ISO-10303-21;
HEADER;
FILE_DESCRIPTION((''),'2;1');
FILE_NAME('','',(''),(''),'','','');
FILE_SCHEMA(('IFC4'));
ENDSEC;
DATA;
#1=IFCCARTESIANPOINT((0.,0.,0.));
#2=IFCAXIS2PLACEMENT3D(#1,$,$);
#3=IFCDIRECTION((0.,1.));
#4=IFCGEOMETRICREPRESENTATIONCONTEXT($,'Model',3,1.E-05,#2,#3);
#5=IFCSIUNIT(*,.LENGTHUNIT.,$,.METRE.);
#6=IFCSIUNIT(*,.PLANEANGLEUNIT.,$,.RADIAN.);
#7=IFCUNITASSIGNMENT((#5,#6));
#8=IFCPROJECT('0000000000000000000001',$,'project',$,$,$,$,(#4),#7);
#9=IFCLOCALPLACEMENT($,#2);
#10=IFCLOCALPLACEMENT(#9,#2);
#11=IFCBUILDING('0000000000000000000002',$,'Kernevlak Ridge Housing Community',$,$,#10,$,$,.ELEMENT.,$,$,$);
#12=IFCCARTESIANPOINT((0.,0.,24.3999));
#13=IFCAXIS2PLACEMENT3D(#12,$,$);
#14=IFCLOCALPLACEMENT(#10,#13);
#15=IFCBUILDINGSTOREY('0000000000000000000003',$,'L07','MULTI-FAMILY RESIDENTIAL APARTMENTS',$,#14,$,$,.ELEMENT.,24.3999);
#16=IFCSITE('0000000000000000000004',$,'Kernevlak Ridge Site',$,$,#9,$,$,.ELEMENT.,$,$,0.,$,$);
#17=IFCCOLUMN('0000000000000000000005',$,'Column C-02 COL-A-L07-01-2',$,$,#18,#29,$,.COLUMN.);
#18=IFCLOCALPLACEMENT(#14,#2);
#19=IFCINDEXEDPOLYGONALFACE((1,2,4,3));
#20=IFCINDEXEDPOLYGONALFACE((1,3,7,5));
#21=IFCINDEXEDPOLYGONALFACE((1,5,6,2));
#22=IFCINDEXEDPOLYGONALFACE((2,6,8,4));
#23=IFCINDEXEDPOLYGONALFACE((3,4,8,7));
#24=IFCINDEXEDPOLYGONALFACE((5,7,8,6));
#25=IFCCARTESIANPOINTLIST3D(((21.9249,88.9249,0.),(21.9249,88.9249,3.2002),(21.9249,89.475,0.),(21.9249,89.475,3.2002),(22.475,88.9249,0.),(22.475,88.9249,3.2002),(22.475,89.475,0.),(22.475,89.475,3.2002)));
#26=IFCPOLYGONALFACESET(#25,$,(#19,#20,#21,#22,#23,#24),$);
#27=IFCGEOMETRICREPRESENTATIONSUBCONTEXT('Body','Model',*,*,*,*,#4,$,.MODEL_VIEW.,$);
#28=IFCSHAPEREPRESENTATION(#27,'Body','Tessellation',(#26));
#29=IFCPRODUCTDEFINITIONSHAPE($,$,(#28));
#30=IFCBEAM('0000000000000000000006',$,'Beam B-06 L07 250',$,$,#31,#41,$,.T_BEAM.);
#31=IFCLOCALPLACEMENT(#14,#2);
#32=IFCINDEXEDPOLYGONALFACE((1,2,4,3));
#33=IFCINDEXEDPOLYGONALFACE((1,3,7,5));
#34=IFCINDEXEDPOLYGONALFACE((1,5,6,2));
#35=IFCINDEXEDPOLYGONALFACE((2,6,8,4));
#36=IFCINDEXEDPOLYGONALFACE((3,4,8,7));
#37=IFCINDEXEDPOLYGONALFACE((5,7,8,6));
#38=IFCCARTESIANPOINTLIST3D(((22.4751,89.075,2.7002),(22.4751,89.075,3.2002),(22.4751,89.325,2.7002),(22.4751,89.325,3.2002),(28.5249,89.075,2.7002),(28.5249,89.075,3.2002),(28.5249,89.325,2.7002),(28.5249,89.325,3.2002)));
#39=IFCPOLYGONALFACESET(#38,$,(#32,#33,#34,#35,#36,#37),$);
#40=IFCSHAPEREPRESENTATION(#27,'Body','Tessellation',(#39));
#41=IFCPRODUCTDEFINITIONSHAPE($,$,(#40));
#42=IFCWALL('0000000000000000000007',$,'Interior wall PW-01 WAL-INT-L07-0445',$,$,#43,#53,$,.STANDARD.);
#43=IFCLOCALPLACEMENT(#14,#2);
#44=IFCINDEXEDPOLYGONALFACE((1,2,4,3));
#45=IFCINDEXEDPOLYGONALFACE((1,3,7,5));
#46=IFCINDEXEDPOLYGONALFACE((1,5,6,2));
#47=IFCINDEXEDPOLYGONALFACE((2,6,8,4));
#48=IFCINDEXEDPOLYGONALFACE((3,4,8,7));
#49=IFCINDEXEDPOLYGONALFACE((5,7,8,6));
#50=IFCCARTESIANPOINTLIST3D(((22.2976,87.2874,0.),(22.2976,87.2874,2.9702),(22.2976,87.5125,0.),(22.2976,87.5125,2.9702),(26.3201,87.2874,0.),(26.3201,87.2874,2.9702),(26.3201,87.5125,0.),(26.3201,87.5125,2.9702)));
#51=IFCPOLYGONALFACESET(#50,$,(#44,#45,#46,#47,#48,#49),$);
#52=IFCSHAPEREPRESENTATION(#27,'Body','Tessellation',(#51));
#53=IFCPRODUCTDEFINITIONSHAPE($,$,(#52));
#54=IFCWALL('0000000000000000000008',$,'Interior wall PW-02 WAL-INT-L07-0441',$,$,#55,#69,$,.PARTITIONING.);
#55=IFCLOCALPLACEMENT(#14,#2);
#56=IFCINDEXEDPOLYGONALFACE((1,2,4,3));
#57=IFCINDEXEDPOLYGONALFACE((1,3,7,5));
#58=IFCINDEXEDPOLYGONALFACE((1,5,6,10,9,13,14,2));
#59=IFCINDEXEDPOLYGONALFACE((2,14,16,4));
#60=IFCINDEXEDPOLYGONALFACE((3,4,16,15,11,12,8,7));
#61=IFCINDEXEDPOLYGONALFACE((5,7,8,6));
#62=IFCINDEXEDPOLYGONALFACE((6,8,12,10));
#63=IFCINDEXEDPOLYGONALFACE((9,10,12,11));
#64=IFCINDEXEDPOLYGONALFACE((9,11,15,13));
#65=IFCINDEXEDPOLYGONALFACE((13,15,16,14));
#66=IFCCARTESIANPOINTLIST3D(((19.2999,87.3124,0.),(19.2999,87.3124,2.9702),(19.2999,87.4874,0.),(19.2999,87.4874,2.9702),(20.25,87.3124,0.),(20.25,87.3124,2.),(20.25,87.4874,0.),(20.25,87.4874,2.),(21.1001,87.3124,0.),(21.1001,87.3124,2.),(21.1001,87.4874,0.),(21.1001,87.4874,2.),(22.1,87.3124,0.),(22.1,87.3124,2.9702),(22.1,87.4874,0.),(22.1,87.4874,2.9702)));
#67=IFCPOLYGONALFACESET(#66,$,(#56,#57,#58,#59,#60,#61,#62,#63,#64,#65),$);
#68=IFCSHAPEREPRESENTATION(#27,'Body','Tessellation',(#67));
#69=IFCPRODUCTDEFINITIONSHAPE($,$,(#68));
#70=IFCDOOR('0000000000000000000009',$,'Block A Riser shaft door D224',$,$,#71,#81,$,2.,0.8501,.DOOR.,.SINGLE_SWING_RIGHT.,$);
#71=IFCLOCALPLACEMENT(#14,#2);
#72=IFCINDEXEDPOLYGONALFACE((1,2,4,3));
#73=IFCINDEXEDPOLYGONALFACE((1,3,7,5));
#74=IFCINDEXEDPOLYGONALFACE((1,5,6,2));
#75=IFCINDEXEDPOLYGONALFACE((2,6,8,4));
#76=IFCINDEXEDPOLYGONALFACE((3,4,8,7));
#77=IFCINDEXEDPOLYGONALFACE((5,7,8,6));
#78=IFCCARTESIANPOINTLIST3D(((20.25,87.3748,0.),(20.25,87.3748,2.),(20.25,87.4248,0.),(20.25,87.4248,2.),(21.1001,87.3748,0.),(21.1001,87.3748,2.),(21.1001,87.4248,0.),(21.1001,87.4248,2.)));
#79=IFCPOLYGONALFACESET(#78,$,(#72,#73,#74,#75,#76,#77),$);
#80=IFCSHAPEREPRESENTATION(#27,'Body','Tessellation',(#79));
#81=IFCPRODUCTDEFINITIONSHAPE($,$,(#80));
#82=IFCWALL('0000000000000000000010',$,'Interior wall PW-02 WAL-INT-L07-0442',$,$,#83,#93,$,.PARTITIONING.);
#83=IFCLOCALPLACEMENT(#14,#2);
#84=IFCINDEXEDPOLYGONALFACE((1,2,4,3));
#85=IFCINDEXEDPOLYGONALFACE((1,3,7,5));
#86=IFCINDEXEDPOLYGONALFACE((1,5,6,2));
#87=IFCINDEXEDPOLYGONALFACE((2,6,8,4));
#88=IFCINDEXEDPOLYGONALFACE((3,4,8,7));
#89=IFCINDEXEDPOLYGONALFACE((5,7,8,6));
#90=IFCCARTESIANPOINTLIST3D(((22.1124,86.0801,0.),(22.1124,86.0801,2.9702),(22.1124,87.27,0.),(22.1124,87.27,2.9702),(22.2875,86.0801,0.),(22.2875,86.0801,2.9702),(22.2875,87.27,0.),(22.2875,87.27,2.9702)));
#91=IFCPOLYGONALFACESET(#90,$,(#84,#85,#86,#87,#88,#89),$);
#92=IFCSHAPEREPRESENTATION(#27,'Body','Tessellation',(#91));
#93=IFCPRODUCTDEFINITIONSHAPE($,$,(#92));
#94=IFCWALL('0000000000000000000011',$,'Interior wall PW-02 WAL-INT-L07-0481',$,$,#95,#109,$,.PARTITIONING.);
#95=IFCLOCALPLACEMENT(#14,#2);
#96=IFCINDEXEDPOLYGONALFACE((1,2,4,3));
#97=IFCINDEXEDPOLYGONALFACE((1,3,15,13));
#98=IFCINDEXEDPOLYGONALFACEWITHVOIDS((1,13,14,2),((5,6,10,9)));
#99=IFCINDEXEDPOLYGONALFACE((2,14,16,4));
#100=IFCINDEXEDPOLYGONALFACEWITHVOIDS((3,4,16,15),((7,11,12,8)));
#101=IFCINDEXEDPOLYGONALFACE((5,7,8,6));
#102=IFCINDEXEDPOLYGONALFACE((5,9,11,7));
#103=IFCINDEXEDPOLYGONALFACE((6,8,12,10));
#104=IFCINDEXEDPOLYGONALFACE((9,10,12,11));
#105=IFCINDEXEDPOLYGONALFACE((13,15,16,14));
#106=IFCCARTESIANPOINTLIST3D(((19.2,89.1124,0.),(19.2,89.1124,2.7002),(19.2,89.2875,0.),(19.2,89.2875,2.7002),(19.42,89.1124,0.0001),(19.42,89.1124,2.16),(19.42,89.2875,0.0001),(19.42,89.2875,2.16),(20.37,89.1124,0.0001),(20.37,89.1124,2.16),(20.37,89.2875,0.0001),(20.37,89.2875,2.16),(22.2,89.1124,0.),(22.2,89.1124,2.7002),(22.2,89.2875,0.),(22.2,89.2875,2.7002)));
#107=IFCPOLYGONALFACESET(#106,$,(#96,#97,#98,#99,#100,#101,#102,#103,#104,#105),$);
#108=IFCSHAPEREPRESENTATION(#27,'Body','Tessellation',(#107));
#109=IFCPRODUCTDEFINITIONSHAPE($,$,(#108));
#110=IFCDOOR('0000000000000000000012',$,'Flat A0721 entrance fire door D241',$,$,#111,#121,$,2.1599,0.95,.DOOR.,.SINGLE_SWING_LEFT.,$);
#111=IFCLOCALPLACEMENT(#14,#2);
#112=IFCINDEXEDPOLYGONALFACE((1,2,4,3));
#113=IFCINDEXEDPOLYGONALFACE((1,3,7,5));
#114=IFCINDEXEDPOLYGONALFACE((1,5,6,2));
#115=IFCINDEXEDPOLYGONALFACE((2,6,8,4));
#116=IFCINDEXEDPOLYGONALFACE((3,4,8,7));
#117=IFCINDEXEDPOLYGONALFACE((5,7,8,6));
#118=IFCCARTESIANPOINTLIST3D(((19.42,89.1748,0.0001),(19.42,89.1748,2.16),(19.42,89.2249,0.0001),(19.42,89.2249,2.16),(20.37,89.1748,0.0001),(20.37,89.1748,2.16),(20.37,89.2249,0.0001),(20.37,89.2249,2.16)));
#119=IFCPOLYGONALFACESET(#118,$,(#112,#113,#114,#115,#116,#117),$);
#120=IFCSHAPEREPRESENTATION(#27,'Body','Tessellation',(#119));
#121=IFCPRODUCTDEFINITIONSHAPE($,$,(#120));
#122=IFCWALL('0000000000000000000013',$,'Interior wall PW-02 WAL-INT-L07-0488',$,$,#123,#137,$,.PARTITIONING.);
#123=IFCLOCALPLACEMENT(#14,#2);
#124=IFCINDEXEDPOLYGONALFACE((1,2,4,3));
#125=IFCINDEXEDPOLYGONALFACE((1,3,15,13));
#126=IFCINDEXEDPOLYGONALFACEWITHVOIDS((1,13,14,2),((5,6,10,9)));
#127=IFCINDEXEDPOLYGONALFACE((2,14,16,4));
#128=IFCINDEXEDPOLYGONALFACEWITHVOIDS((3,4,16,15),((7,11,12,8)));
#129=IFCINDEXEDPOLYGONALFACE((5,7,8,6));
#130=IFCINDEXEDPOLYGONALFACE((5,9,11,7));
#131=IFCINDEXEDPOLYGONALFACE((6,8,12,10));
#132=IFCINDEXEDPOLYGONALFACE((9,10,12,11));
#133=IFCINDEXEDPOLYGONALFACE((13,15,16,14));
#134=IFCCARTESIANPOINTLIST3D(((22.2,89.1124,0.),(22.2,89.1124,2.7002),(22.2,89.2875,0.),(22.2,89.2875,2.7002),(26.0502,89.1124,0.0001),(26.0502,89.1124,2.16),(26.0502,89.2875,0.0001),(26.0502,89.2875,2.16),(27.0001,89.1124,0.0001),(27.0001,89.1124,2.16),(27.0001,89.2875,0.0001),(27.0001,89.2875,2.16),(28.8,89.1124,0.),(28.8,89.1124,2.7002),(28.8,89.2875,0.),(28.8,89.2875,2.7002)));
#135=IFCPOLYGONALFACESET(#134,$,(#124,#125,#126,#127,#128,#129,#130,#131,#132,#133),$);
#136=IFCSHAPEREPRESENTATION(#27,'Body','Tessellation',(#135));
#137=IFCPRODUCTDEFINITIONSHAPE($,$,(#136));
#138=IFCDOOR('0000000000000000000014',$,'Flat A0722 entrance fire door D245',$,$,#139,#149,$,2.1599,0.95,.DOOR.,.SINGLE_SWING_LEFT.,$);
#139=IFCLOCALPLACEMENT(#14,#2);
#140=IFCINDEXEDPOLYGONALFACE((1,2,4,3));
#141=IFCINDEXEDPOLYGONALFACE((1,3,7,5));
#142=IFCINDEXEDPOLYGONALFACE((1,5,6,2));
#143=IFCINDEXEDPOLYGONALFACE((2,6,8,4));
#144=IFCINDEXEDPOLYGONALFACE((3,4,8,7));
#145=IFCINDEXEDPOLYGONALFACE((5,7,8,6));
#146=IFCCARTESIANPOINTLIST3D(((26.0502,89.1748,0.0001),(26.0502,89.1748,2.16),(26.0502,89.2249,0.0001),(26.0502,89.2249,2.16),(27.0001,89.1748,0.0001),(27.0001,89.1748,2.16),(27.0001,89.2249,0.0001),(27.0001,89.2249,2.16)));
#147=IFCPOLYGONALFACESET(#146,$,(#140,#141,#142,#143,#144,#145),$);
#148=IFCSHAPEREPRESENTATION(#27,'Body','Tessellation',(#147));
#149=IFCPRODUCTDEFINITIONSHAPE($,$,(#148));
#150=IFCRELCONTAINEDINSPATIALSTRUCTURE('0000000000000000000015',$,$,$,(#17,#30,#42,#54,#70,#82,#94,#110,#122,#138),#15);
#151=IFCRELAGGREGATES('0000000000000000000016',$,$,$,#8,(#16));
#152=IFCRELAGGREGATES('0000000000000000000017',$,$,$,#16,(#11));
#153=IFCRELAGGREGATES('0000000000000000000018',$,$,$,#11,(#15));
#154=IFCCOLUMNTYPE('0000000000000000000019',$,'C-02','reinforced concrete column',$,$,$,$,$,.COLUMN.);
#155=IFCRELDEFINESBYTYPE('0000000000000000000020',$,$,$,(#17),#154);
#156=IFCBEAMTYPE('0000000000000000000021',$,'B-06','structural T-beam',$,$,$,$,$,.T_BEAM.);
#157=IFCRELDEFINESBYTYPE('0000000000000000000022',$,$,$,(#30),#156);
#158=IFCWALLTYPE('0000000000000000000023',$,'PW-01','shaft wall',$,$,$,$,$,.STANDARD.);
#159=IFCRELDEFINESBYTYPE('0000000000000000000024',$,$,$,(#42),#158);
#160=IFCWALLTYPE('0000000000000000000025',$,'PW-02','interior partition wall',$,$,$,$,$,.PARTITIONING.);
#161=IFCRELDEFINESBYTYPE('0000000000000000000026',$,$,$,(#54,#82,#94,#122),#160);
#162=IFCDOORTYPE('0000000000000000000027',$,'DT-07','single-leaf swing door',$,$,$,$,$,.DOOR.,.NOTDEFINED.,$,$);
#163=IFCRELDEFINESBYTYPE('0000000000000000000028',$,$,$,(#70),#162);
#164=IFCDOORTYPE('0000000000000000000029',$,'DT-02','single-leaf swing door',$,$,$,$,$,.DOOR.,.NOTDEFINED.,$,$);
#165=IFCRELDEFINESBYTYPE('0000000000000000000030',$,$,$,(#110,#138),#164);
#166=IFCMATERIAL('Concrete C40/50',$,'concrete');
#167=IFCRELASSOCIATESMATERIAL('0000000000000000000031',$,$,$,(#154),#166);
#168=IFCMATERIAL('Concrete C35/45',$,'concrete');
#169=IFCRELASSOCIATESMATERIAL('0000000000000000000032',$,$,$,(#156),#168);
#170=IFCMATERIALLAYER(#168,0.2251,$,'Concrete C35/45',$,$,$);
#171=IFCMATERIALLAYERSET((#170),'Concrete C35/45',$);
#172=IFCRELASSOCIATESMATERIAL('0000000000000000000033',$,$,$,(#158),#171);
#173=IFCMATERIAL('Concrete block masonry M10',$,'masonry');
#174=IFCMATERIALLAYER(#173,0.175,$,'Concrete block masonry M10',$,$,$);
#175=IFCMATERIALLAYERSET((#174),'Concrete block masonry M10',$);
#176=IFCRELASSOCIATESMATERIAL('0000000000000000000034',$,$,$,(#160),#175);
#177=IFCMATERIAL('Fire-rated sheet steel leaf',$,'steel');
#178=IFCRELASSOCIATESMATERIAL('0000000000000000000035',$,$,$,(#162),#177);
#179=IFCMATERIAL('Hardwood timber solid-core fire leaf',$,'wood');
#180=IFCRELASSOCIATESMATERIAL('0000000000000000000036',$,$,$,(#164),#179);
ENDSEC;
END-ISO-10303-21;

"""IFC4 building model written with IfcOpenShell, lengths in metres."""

from ifc_helpers import new_model, si_unit, direction, frame, frame_2d, origin, origin_2d, place, context, subcontext, project, spatial, rectangle, extrude, material, layer, layer_set, material_profile, profile_set, type_object, element, fill, save


model = new_model("IFC4")

# Units and contexts
model_context = context("Model", 3, precision=1e-05, world=origin(), true_north=direction((0.0, 1.0)))
body_context = subcontext(model_context, "Body", "Model", "MODEL_VIEW")
ifc_project = project(units=[si_unit("LENGTHUNIT", "METRE"), si_unit("PLANEANGLEUNIT", "RADIAN")], contexts=[model_context])

# Site, building, storey
site_placement = place(None, origin())
site = spatial("IfcSite", under=ifc_project, at=site_placement, Name="Kernevlak Ridge Site", CompositionType="ELEMENT", RefElevation=0.0)
building_placement = place(site_placement, origin())
building = spatial("IfcBuilding", under=site, at=building_placement, Name="Kernevlak Ridge Housing Community", CompositionType="ELEMENT")
storey_placement = place(building_placement, frame((0.0, 0.0, 24.3999)))
storey = spatial("IfcBuildingStorey", under=building, at=storey_placement, Name="L07", Description="MULTI-FAMILY RESIDENTIAL APARTMENTS", CompositionType="ELEMENT", Elevation=24.3999)

# Column
ifc_material_1 = material(Name="Concrete C40/50", Category="concrete")
ifc_material_profile_1 = material_profile(ifc_material_1, rectangle(XDim=0.55, YDim=0.55, at=origin_2d()), Name="RC 550x550")
ifc_profile_set_1 = profile_set([ifc_material_profile_1], Name="Concrete C40/50")
column_type = type_object("IfcColumnType", Name="C-02", Description="reinforced concrete column", PredefinedType="COLUMN", material=ifc_profile_set_1)
column_placement = place(storey_placement, frame((22.2, 89.2, 0.0), z_axis=(0.0, 0.0, 1.0), x_axis=(1.0, 0.0, 0.0)))
element("IfcColumn", 1, at=column_placement, inside=storey, type_object=column_type, Name="Column C-02 COL-A-L07-01-2", PredefinedType="COLUMN", context=body_context, shape_type="SweptSolid", body=[
    extrude(rectangle(XDim=0.55, YDim=0.55, at=origin_2d()), origin(), (0.0, 0.0, 1.0), 3.2002),
])

# Beam
ifc_material_2 = material(Name="Concrete C35/45", Category="concrete")
ifc_material_profile_2 = material_profile(ifc_material_2, rectangle(XDim=0.25, YDim=0.5, at=origin_2d()), Name="RC 250x500")
ifc_profile_set_2 = profile_set([ifc_material_profile_2], Name="Concrete C35/45")
beam_type = type_object("IfcBeamType", Name="B-06", Description="structural T-beam", PredefinedType="T_BEAM", material=ifc_profile_set_2)
beam_placement = place(storey_placement, frame((22.4751, 89.2, 2.9502), z_axis=(1.0, 0.0, 0.0), x_axis=(0.0, 1.0, 0.0)))
element("IfcBeam", 2, at=beam_placement, inside=storey, type_object=beam_type, Name="Beam B-06 L07 250", PredefinedType="T_BEAM", context=body_context, shape_type="SweptSolid", body=[
    extrude(rectangle(XDim=0.25, YDim=0.5, at=origin_2d()), origin(), (0.0, 0.0, 1.0), 6.0498),
])

# Wall
ifc_layer_1 = layer(ifc_material_2, 0.2251, Name="Concrete C35/45")
ifc_layer_set_1 = layer_set([ifc_layer_1], Name="Concrete C35/45")
wall_type_1 = type_object("IfcWallType", Name="PW-01", Description="shaft wall", PredefinedType="STANDARD", material=ifc_layer_set_1)
wall_1_placement = place(storey_placement, frame((22.2976, 87.3999, 0.0), z_axis=(0.0, 0.0, 1.0), x_axis=(1.0, 0.0, 0.0)))
element("IfcWall", 3, at=wall_1_placement, inside=storey, type_object=wall_type_1, Name="Interior wall PW-01 WAL-INT-L07-0445", PredefinedType="STANDARD", context=body_context, shape_type="SweptSolid", body=[
    extrude(rectangle(XDim=4.0225, YDim=0.2251, at=frame_2d((2.0112, 0.0))), origin(), (0.0, 0.0, 1.0), 2.9702),
])

# Wall, opening, door
ifc_material_3 = material(Name="Fire-rated sheet steel leaf", Category="steel")
ifc_material_4 = material(Name="Concrete block masonry M10", Category="masonry")
ifc_layer_2 = layer(ifc_material_4, 0.175, Name="Concrete block masonry M10")
ifc_layer_set_2 = layer_set([ifc_layer_2], Name="Concrete block masonry M10")
wall_type_2 = type_object("IfcWallType", Name="PW-02", Description="interior partition wall", PredefinedType="PARTITIONING", material=ifc_layer_set_2)
wall_2_placement = place(storey_placement, frame((19.3, 87.3999, 0.0), z_axis=(0.0, 0.0, 1.0), x_axis=(1.0, 0.0, 0.0)))
wall_2 = element("IfcWall", 4, at=wall_2_placement, inside=storey, type_object=wall_type_2, Name="Interior wall PW-02 WAL-INT-L07-0441", PredefinedType="PARTITIONING", context=body_context, shape_type="SweptSolid", body=[
    extrude(rectangle(XDim=2.8, YDim=0.175, at=frame_2d((1.3999, 0.0))), origin(), (0.0, 0.0, 1.0), 2.9702),
])
opening_1_placement = place(wall_2_placement, frame((0.95, 0.0, 0.0)))
opening_1 = element("IfcOpeningElement", 5, at=opening_1_placement, cuts=wall_2, PredefinedType="OPENING", context=body_context, shape_type="SweptSolid", body=[
    extrude(rectangle(XDim=0.8501, YDim=2.0, at=frame_2d((0.425, 1.0))), frame((0.0, 0.0974, 0.0), z_axis=(0.0, -1.0, 0.0), x_axis=(1.0, 0.0, 0.0)), (0.0, 0.0, 1.0), 0.1951),
])
door_type_1 = type_object("IfcDoorType", Name="DT-07", Description="single-leaf swing door", OperationType="NOTDEFINED", PredefinedType="DOOR", material=ifc_material_3)
door_1_placement = place(opening_1_placement, origin())
door_1 = element("IfcDoor", 6, at=door_1_placement, inside=storey, type_object=door_type_1, Name="Block A Riser shaft door D224", OperationType="SINGLE_SWING_RIGHT", OverallHeight=2.0, OverallWidth=0.8501, PredefinedType="DOOR", context=body_context, shape_type="SweptSolid", body=[
    extrude(rectangle(XDim=0.8501, YDim=2.0, at=frame_2d((0.425, 1.0))), frame((0.0, 0.0249, 0.0), z_axis=(0.0, -1.0, 0.0), x_axis=(1.0, 0.0, 0.0)), (0.0, 0.0, 1.0), 0.05),
])
fill(opening_1, door_1)

# Wall
wall_3_placement = place(storey_placement, frame((22.2, 86.0801, 0.0), z_axis=(0.0, 0.0, 1.0), x_axis=(0.0, 1.0, 0.0)))
element("IfcWall", 7, at=wall_3_placement, inside=storey, type_object=wall_type_2, Name="Interior wall PW-02 WAL-INT-L07-0442", PredefinedType="PARTITIONING", context=body_context, shape_type="SweptSolid", body=[
    extrude(rectangle(XDim=1.1899, YDim=0.175, at=frame_2d((0.595, 0.0))), origin(), (0.0, 0.0, 1.0), 2.9702),
])

# Walls, openings, doors
wall_4_placement = place(storey_placement, frame((19.2, 89.2, 0.0), z_axis=(0.0, 0.0, 1.0), x_axis=(1.0, 0.0, 0.0)))
wall_4 = element("IfcWall", 8, at=wall_4_placement, inside=storey, type_object=wall_type_2, Name="Interior wall PW-02 WAL-INT-L07-0481", PredefinedType="PARTITIONING", context=body_context, shape_type="SweptSolid", body=[
    extrude(rectangle(XDim=3.0, YDim=0.175, at=frame_2d((1.5, 0.0))), origin(), (0.0, 0.0, 1.0), 2.7002),
])
opening_2_placement = place(wall_4_placement, frame((0.22, 0.0, 0.0)))
opening_2 = element("IfcOpeningElement", 9, at=opening_2_placement, cuts=wall_4, PredefinedType="OPENING", context=body_context, shape_type="SweptSolid", body=[
    extrude(rectangle(XDim=0.95, YDim=2.1599, at=frame_2d((0.4751, 1.0801))), frame((0.0, 0.0974, 0.0), z_axis=(0.0, -1.0, 0.0), x_axis=(1.0, 0.0, 0.0)), (0.0, 0.0, 1.0), 0.1951),
])
ifc_material_5 = material(Name="Hardwood timber solid-core fire leaf", Category="wood")
door_type_2 = type_object("IfcDoorType", Name="DT-02", Description="single-leaf swing door", OperationType="NOTDEFINED", PredefinedType="DOOR", material=ifc_material_5)
door_2_placement = place(opening_2_placement, origin())
door_2 = element("IfcDoor", 10, at=door_2_placement, inside=storey, type_object=door_type_2, Name="Flat A0721 entrance fire door D241", OperationType="SINGLE_SWING_LEFT", OverallHeight=2.1599, OverallWidth=0.95, PredefinedType="DOOR", context=body_context, shape_type="SweptSolid", body=[
    extrude(rectangle(XDim=0.95, YDim=2.1599, at=frame_2d((0.4751, 1.0801))), frame((0.0, 0.0249, 0.0), z_axis=(0.0, -1.0, 0.0), x_axis=(1.0, 0.0, 0.0)), (0.0, 0.0, 1.0), 0.05),
])
fill(opening_2, door_2)
wall_5_placement = place(storey_placement, frame((22.2, 89.2, 0.0), z_axis=(0.0, 0.0, 1.0), x_axis=(1.0, 0.0, 0.0)))
wall_5 = element("IfcWall", 11, at=wall_5_placement, inside=storey, type_object=wall_type_2, Name="Interior wall PW-02 WAL-INT-L07-0488", PredefinedType="PARTITIONING", context=body_context, shape_type="SweptSolid", body=[
    extrude(rectangle(XDim=6.6001, YDim=0.175, at=frame_2d((3.3, 0.0))), origin(), (0.0, 0.0, 1.0), 2.7002),
])
opening_3_placement = place(wall_5_placement, frame((3.8501, 0.0, 0.0)))
opening_3 = element("IfcOpeningElement", 12, at=opening_3_placement, cuts=wall_5, PredefinedType="OPENING", context=body_context, shape_type="SweptSolid", body=[
    extrude(rectangle(XDim=0.95, YDim=2.1599, at=frame_2d((0.4751, 1.0801))), frame((0.0, 0.0974, 0.0), z_axis=(0.0, -1.0, 0.0), x_axis=(1.0, 0.0, 0.0)), (0.0, 0.0, 1.0), 0.1951),
])
door_3_placement = place(opening_3_placement, origin())
door_3 = element("IfcDoor", 13, at=door_3_placement, inside=storey, type_object=door_type_2, Name="Flat A0722 entrance fire door D245", OperationType="SINGLE_SWING_LEFT", OverallHeight=2.1599, OverallWidth=0.95, PredefinedType="DOOR", context=body_context, shape_type="SweptSolid", body=[
    extrude(rectangle(XDim=0.95, YDim=2.1599, at=frame_2d((0.4751, 1.0801))), frame((0.0, 0.0249, 0.0), z_axis=(0.0, -1.0, 0.0), x_axis=(1.0, 0.0, 0.0)), (0.0, 0.0, 1.0), 0.05),
])
fill(opening_3, door_3)

save(model, "model.ifc")
